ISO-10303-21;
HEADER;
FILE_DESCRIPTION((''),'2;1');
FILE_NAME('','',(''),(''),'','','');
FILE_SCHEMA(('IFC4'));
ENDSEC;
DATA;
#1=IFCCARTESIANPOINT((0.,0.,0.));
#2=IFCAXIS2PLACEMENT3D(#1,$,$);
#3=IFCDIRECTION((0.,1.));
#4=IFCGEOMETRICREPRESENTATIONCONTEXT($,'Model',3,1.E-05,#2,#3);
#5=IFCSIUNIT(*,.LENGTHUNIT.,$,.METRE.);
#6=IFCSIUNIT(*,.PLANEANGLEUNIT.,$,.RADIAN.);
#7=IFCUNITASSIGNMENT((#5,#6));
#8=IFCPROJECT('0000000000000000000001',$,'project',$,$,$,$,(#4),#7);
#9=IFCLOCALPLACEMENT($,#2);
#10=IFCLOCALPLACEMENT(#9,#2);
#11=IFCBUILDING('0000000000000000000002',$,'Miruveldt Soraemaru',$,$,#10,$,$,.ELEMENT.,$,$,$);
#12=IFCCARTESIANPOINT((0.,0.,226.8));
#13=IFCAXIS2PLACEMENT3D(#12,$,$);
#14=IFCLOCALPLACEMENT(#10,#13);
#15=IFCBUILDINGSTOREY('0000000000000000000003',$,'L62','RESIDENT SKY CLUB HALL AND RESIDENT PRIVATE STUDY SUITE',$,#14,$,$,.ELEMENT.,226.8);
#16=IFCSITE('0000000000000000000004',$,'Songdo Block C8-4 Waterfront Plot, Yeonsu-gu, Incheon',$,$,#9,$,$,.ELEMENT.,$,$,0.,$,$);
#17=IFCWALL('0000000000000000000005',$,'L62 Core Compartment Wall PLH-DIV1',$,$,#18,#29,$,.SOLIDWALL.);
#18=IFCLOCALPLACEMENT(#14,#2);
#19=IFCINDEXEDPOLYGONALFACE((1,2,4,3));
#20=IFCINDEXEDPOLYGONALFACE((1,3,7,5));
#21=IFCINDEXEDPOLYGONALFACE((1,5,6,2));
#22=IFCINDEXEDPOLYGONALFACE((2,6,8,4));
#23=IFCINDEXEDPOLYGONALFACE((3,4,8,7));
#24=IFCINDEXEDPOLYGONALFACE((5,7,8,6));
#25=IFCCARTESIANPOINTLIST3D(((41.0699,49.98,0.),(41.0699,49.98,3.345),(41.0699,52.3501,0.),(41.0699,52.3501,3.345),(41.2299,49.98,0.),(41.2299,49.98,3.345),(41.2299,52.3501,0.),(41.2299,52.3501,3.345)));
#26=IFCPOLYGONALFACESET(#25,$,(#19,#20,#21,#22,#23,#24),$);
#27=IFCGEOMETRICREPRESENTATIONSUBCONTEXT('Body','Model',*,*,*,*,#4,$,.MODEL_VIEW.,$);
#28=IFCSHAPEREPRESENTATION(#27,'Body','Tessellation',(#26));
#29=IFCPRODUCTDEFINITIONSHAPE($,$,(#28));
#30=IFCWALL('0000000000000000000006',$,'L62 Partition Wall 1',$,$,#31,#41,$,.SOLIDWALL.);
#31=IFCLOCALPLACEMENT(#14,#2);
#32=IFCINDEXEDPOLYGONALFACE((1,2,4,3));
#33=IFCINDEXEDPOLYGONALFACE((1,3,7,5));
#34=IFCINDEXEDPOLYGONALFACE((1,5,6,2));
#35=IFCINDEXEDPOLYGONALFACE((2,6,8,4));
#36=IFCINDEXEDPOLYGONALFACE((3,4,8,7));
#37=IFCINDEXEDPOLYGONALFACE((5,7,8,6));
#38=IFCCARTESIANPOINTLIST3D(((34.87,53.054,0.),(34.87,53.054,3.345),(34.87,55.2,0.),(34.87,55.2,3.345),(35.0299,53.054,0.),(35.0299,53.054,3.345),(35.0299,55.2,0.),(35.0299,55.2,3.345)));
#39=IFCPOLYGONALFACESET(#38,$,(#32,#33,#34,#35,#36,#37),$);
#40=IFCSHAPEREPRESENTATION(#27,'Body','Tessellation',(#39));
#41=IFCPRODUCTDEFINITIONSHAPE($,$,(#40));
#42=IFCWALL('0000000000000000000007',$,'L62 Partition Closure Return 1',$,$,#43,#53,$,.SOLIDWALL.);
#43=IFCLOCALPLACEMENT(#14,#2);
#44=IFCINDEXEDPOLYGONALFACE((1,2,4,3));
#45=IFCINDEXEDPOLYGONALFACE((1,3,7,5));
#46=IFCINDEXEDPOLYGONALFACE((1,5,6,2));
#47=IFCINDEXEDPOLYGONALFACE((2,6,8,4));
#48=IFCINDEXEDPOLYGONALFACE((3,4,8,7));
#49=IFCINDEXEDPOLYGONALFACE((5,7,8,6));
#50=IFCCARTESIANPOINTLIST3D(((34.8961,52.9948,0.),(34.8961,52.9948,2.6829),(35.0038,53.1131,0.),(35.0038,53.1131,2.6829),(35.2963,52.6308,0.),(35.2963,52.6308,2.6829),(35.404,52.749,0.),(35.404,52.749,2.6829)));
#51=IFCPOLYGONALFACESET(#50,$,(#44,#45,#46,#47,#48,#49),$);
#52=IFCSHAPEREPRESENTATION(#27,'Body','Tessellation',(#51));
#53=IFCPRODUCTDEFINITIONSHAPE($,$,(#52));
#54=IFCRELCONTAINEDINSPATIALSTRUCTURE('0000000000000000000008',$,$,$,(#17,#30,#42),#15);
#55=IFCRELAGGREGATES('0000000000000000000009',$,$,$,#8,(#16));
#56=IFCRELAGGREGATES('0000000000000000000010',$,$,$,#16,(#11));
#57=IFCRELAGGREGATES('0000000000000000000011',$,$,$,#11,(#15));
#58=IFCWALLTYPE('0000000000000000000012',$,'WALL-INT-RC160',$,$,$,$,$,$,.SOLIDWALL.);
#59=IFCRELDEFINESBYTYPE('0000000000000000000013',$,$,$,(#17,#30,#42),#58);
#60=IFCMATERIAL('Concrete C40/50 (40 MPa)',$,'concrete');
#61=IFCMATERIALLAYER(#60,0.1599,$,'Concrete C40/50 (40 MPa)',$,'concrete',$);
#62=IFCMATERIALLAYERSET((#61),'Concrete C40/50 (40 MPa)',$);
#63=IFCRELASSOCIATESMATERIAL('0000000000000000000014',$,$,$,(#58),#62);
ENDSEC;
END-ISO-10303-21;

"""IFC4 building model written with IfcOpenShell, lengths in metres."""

from ifc_helpers import new_model, si_unit, direction, frame, frame_2d, origin, place, context, subcontext, project, spatial, rectangle, extrude, material, layer, layer_set, type_object, element, save


model = new_model("IFC4")

# Units and contexts
model_context = context("Model", 3, precision=1e-05, world=origin(), true_north=direction((0.0, 1.0)))
body_context = subcontext(model_context, "Body", "Model", "MODEL_VIEW")
ifc_project = project(units=[si_unit("LENGTHUNIT", "METRE"), si_unit("PLANEANGLEUNIT", "RADIAN")], contexts=[model_context])

# Site, building, storey
site_placement = place(None, origin())
site = spatial("IfcSite", under=ifc_project, at=site_placement, Name="Songdo Block C8-4 Waterfront Plot, Yeonsu-gu, Incheon", CompositionType="ELEMENT", RefElevation=0.0)
building_placement = place(site_placement, origin())
building = spatial("IfcBuilding", under=site, at=building_placement, Name="Miruveldt Soraemaru", CompositionType="ELEMENT")
storey_placement = place(building_placement, frame((0.0, 0.0, 226.8)))
storey = spatial("IfcBuildingStorey", under=building, at=storey_placement, Name="L62", Description="RESIDENT SKY CLUB HALL AND RESIDENT PRIVATE STUDY SUITE", CompositionType="ELEMENT", Elevation=226.8)

# Walls
ifc_material_1 = material(Name="Concrete C40/50 (40 MPa)", Category="concrete")
ifc_layer_1 = layer(ifc_material_1, 0.1599, Name="Concrete C40/50 (40 MPa)", Category="concrete")
ifc_layer_set_1 = layer_set([ifc_layer_1], Name="Concrete C40/50 (40 MPa)")
wall_type_1 = type_object("IfcWallType", Name="WALL-INT-RC160", PredefinedType="SOLIDWALL", material=ifc_layer_set_1)
wall_1_placement = place(storey_placement, frame((41.1499, 49.98, 0.0), z_axis=(0.0, 0.0, 1.0), x_axis=(0.0, 1.0, 0.0)))
element("IfcWall", 1, at=wall_1_placement, inside=storey, type_object=wall_type_1, Name="L62 Core Compartment Wall PLH-DIV1", PredefinedType="SOLIDWALL", context=body_context, shape_type="SweptSolid", body=[
    extrude(rectangle(XDim=2.3701, YDim=0.1599, at=frame_2d((1.1851, 0.0))), origin(), (0.0, 0.0, 1.0), 3.345),
])
wall_2_placement = place(storey_placement, frame((34.95, 53.054, 0.0), z_axis=(0.0, 0.0, 1.0), x_axis=(0.0, 1.0, 0.0)))
element("IfcWall", 2, at=wall_2_placement, inside=storey, type_object=wall_type_1, Name="L62 Partition Wall 1", PredefinedType="SOLIDWALL", context=body_context, shape_type="SweptSolid", body=[
    extrude(rectangle(XDim=2.146, YDim=0.1599, at=frame_2d((1.073, 0.0))), origin(), (0.0, 0.0, 1.0), 3.345),
])
wall_3_placement = place(storey_placement, frame((34.95, 53.054, 0.0), z_axis=(0.0, 0.0, 1.0), x_axis=(0.739715, -0.67292, 0.0)))
element("IfcWall", 3, at=wall_3_placement, inside=storey, type_object=wall_type_1, Name="L62 Partition Closure Return 1", PredefinedType="SOLIDWALL", context=body_context, shape_type="SweptSolid", body=[
    extrude(rectangle(XDim=0.541, YDim=0.1599, at=frame_2d((0.2705, 0.0))), origin(), (0.0, 0.0, 1.0), 2.6829),
])

save(model, "model.ifc")
